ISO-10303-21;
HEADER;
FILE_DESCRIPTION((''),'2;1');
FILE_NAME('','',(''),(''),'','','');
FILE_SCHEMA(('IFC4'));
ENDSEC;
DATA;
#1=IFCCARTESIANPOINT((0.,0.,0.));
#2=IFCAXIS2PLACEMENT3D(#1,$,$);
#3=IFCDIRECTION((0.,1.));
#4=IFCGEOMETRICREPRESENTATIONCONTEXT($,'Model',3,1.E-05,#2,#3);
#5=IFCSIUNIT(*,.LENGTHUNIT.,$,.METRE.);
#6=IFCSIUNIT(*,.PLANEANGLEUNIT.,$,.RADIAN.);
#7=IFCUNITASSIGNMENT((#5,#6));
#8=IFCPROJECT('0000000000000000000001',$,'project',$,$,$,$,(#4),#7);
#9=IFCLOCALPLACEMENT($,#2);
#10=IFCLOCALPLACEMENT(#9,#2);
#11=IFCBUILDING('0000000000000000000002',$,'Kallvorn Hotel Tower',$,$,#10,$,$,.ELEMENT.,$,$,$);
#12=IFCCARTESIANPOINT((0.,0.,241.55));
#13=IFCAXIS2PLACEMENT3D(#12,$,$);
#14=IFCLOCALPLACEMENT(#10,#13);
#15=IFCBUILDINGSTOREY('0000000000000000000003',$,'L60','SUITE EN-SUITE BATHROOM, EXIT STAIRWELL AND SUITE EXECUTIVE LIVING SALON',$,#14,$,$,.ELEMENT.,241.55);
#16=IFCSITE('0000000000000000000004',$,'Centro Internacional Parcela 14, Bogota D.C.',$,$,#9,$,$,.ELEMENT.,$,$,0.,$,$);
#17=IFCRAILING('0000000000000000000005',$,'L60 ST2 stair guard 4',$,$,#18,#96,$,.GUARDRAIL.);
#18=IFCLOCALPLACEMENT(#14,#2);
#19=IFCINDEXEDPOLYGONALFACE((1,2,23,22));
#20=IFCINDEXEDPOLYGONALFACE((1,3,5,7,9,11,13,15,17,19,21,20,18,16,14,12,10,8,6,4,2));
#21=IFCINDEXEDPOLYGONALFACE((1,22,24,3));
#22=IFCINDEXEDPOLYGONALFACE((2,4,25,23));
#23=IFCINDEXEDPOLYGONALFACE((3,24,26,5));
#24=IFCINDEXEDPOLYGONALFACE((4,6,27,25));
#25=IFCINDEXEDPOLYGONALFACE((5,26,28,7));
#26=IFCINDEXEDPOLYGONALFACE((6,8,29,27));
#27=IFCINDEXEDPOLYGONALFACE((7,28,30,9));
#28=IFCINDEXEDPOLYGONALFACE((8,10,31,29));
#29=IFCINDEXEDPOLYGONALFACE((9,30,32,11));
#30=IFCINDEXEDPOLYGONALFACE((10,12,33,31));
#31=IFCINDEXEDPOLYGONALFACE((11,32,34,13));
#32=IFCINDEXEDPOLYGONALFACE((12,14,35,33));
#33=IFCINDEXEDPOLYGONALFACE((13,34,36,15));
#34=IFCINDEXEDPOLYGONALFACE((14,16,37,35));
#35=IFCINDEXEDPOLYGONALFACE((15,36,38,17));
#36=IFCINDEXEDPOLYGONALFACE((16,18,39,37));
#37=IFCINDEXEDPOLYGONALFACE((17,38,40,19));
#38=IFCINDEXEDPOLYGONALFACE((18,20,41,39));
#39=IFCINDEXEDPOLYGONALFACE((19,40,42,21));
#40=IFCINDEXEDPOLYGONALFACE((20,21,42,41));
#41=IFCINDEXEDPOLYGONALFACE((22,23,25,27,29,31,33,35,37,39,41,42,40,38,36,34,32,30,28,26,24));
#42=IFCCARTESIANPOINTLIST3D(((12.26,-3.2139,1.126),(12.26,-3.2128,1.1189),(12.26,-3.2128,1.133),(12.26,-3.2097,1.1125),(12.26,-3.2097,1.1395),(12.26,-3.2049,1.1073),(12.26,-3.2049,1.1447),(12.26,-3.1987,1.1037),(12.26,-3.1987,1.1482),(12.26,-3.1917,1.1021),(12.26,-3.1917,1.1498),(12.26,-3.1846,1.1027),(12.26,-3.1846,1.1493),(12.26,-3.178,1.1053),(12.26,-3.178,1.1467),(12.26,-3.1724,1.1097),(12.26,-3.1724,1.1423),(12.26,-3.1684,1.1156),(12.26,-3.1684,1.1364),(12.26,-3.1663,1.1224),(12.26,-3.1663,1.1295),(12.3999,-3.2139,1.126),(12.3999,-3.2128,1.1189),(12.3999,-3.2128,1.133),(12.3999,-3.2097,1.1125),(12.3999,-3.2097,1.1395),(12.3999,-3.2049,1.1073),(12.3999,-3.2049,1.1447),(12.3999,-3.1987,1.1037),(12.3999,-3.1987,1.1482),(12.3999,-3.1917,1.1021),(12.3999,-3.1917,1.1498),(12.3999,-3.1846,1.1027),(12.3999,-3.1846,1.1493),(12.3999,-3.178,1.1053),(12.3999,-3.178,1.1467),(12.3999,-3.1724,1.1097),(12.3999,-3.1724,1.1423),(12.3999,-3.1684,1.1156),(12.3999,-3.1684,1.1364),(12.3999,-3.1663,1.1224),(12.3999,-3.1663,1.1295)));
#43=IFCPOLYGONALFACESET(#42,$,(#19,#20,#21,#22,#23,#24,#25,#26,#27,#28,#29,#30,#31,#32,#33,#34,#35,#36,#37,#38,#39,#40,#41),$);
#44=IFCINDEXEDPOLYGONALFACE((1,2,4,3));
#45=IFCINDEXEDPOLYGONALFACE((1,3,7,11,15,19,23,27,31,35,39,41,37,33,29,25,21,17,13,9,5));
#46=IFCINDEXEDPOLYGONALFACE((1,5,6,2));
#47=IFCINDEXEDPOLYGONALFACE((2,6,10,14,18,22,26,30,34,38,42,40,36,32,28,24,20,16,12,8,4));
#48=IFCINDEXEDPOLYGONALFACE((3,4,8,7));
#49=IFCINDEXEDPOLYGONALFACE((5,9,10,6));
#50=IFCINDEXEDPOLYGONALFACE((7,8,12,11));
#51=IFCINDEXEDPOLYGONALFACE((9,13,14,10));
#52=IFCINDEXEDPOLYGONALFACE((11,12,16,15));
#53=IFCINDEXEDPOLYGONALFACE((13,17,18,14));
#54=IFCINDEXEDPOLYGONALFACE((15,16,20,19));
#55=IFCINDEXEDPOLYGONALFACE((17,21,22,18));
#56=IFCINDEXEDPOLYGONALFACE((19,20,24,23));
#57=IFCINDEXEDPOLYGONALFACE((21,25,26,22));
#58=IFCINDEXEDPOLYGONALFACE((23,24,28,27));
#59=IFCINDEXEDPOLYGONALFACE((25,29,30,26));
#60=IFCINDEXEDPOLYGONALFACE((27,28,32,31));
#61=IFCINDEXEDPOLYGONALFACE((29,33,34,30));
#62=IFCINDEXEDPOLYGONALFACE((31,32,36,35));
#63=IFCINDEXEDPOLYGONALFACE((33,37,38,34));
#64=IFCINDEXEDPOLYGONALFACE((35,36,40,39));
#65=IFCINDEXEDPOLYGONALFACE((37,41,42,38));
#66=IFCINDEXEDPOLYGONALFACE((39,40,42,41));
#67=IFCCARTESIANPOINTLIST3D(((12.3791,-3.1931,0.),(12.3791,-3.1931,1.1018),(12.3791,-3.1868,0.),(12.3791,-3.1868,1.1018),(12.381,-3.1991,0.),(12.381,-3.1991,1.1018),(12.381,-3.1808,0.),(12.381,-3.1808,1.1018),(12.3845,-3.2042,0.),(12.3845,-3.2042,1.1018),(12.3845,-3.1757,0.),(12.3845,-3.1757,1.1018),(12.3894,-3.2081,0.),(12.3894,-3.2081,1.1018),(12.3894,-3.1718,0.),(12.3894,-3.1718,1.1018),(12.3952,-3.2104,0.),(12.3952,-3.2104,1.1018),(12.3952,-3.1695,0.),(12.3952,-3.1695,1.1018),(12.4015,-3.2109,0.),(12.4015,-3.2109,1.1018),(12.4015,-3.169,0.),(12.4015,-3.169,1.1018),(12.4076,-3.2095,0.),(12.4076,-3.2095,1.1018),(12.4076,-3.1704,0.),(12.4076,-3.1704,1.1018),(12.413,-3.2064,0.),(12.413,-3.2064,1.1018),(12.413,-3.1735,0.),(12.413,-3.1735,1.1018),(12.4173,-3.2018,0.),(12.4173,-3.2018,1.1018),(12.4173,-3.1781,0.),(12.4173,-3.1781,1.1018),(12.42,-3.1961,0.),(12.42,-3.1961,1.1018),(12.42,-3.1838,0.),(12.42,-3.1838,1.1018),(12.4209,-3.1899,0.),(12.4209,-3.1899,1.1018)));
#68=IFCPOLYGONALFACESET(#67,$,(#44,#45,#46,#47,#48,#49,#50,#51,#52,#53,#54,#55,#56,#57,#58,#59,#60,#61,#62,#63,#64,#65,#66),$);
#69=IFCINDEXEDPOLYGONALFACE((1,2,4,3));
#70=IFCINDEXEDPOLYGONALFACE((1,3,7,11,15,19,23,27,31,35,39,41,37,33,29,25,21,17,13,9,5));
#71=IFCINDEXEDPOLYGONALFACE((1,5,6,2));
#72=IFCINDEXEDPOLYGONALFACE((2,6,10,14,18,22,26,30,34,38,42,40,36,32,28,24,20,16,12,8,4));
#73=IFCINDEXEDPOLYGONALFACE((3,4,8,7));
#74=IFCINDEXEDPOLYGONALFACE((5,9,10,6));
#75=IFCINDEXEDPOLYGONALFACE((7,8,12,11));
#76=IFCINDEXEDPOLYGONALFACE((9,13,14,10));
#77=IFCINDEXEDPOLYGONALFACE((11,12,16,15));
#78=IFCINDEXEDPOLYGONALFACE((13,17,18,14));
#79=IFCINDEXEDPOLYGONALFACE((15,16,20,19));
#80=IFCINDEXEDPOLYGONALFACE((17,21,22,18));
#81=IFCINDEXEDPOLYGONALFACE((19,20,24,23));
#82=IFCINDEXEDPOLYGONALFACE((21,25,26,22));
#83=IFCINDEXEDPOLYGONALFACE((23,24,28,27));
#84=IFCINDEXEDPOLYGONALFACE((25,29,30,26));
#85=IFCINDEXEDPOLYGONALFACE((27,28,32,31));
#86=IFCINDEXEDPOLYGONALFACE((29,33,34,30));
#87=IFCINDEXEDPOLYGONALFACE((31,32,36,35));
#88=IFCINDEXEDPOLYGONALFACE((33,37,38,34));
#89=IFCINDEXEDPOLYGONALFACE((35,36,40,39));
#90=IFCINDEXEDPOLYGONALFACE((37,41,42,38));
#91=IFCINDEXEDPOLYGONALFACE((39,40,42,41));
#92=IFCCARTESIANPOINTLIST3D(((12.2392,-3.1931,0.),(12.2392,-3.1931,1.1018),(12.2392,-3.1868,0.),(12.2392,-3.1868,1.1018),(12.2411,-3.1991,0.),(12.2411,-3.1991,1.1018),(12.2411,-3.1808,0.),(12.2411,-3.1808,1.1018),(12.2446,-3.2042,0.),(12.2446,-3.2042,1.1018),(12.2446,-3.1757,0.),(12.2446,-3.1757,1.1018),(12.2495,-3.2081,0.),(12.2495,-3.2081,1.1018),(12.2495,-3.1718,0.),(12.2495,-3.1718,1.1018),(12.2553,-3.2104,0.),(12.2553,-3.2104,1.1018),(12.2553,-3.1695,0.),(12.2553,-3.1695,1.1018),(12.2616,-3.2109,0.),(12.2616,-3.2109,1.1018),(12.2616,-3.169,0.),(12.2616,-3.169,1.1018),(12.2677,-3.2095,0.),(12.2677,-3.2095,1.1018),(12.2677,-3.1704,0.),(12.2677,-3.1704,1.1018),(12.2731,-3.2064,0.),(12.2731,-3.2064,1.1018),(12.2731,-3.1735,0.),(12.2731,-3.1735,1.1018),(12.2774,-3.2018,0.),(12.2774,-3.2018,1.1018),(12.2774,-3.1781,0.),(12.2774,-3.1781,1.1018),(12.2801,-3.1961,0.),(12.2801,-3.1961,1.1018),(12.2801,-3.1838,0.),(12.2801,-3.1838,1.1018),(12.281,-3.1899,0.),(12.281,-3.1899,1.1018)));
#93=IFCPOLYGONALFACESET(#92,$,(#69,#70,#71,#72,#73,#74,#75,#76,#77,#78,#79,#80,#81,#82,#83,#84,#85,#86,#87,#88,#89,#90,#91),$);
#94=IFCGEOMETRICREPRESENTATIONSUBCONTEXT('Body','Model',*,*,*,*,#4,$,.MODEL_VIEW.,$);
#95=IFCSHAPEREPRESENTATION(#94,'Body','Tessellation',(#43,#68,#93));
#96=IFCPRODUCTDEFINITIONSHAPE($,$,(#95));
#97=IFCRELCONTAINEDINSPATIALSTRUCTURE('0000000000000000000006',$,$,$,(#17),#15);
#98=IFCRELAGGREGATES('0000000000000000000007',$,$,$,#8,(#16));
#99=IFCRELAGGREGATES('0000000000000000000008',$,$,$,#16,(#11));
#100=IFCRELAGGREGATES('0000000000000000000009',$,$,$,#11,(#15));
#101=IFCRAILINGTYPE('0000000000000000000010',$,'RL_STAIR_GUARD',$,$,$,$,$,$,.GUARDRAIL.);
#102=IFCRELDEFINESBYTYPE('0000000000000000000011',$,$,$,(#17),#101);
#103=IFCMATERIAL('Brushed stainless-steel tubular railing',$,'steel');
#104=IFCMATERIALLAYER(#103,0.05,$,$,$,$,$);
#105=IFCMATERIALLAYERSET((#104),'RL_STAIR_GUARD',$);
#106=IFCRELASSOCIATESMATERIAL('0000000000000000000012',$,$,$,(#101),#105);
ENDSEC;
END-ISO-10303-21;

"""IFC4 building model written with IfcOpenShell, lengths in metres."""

from ifc_helpers import new_model, si_unit, direction, frame, origin, origin_2d, place, context, subcontext, project, spatial, circle, extrude, material, layer, layer_set, type_object, element, save


model = new_model("IFC4")

# Units and contexts
model_context = context("Model", 3, precision=1e-05, world=origin(), true_north=direction((0.0, 1.0)))
body_context = subcontext(model_context, "Body", "Model", "MODEL_VIEW")
ifc_project = project(units=[si_unit("LENGTHUNIT", "METRE"), si_unit("PLANEANGLEUNIT", "RADIAN")], contexts=[model_context])

# Site, building, storey
site_placement = place(None, origin())
site = spatial("IfcSite", under=ifc_project, at=site_placement, Name="Centro Internacional Parcela 14, Bogota D.C.", CompositionType="ELEMENT", RefElevation=0.0)
building_placement = place(site_placement, origin())
building = spatial("IfcBuilding", under=site, at=building_placement, Name="Kallvorn Hotel Tower", CompositionType="ELEMENT")
storey_placement = place(building_placement, frame((0.0, 0.0, 241.55)))
storey = spatial("IfcBuildingStorey", under=building, at=storey_placement, Name="L60", Description="SUITE EN-SUITE BATHROOM, EXIT STAIRWELL AND SUITE EXECUTIVE LIVING SALON", CompositionType="ELEMENT", Elevation=241.55)

# Railing
ifc_material_1 = material(Name="Brushed stainless-steel tubular railing", Category="steel")
ifc_layer_1 = layer(ifc_material_1, 0.05)
ifc_layer_set_1 = layer_set([ifc_layer_1], Name="RL_STAIR_GUARD")
railing_type_1 = type_object("IfcRailingType", Name="RL_STAIR_GUARD", PredefinedType="GUARDRAIL", material=ifc_layer_set_1)
railing_1_placement = place(storey_placement, frame((12.3999, -3.1899, 0.0)))
element("IfcRailing", 1, at=railing_1_placement, inside=storey, type_object=railing_type_1, Name="L60 ST2 stair guard 4", PredefinedType="GUARDRAIL", context=body_context, shape_type="SweptSolid", body=[
    extrude(circle(Radius=0.0239, at=origin_2d()), frame((0.0, 0.0, 1.126), z_axis=(-1.0, 0.0, 0.0), x_axis=(0.0, -1.0, 0.0)), (0.0, 0.0, 1.0), 0.1399),
    extrude(circle(Radius=0.021, at=origin_2d()), origin(), (0.0, 0.0, 1.0), 1.1018),
    extrude(circle(Radius=0.021, at=origin_2d()), frame((-0.1399, 0.0, 0.0)), (0.0, 0.0, 1.0), 1.1018),
])

save(model, "model.ifc")
